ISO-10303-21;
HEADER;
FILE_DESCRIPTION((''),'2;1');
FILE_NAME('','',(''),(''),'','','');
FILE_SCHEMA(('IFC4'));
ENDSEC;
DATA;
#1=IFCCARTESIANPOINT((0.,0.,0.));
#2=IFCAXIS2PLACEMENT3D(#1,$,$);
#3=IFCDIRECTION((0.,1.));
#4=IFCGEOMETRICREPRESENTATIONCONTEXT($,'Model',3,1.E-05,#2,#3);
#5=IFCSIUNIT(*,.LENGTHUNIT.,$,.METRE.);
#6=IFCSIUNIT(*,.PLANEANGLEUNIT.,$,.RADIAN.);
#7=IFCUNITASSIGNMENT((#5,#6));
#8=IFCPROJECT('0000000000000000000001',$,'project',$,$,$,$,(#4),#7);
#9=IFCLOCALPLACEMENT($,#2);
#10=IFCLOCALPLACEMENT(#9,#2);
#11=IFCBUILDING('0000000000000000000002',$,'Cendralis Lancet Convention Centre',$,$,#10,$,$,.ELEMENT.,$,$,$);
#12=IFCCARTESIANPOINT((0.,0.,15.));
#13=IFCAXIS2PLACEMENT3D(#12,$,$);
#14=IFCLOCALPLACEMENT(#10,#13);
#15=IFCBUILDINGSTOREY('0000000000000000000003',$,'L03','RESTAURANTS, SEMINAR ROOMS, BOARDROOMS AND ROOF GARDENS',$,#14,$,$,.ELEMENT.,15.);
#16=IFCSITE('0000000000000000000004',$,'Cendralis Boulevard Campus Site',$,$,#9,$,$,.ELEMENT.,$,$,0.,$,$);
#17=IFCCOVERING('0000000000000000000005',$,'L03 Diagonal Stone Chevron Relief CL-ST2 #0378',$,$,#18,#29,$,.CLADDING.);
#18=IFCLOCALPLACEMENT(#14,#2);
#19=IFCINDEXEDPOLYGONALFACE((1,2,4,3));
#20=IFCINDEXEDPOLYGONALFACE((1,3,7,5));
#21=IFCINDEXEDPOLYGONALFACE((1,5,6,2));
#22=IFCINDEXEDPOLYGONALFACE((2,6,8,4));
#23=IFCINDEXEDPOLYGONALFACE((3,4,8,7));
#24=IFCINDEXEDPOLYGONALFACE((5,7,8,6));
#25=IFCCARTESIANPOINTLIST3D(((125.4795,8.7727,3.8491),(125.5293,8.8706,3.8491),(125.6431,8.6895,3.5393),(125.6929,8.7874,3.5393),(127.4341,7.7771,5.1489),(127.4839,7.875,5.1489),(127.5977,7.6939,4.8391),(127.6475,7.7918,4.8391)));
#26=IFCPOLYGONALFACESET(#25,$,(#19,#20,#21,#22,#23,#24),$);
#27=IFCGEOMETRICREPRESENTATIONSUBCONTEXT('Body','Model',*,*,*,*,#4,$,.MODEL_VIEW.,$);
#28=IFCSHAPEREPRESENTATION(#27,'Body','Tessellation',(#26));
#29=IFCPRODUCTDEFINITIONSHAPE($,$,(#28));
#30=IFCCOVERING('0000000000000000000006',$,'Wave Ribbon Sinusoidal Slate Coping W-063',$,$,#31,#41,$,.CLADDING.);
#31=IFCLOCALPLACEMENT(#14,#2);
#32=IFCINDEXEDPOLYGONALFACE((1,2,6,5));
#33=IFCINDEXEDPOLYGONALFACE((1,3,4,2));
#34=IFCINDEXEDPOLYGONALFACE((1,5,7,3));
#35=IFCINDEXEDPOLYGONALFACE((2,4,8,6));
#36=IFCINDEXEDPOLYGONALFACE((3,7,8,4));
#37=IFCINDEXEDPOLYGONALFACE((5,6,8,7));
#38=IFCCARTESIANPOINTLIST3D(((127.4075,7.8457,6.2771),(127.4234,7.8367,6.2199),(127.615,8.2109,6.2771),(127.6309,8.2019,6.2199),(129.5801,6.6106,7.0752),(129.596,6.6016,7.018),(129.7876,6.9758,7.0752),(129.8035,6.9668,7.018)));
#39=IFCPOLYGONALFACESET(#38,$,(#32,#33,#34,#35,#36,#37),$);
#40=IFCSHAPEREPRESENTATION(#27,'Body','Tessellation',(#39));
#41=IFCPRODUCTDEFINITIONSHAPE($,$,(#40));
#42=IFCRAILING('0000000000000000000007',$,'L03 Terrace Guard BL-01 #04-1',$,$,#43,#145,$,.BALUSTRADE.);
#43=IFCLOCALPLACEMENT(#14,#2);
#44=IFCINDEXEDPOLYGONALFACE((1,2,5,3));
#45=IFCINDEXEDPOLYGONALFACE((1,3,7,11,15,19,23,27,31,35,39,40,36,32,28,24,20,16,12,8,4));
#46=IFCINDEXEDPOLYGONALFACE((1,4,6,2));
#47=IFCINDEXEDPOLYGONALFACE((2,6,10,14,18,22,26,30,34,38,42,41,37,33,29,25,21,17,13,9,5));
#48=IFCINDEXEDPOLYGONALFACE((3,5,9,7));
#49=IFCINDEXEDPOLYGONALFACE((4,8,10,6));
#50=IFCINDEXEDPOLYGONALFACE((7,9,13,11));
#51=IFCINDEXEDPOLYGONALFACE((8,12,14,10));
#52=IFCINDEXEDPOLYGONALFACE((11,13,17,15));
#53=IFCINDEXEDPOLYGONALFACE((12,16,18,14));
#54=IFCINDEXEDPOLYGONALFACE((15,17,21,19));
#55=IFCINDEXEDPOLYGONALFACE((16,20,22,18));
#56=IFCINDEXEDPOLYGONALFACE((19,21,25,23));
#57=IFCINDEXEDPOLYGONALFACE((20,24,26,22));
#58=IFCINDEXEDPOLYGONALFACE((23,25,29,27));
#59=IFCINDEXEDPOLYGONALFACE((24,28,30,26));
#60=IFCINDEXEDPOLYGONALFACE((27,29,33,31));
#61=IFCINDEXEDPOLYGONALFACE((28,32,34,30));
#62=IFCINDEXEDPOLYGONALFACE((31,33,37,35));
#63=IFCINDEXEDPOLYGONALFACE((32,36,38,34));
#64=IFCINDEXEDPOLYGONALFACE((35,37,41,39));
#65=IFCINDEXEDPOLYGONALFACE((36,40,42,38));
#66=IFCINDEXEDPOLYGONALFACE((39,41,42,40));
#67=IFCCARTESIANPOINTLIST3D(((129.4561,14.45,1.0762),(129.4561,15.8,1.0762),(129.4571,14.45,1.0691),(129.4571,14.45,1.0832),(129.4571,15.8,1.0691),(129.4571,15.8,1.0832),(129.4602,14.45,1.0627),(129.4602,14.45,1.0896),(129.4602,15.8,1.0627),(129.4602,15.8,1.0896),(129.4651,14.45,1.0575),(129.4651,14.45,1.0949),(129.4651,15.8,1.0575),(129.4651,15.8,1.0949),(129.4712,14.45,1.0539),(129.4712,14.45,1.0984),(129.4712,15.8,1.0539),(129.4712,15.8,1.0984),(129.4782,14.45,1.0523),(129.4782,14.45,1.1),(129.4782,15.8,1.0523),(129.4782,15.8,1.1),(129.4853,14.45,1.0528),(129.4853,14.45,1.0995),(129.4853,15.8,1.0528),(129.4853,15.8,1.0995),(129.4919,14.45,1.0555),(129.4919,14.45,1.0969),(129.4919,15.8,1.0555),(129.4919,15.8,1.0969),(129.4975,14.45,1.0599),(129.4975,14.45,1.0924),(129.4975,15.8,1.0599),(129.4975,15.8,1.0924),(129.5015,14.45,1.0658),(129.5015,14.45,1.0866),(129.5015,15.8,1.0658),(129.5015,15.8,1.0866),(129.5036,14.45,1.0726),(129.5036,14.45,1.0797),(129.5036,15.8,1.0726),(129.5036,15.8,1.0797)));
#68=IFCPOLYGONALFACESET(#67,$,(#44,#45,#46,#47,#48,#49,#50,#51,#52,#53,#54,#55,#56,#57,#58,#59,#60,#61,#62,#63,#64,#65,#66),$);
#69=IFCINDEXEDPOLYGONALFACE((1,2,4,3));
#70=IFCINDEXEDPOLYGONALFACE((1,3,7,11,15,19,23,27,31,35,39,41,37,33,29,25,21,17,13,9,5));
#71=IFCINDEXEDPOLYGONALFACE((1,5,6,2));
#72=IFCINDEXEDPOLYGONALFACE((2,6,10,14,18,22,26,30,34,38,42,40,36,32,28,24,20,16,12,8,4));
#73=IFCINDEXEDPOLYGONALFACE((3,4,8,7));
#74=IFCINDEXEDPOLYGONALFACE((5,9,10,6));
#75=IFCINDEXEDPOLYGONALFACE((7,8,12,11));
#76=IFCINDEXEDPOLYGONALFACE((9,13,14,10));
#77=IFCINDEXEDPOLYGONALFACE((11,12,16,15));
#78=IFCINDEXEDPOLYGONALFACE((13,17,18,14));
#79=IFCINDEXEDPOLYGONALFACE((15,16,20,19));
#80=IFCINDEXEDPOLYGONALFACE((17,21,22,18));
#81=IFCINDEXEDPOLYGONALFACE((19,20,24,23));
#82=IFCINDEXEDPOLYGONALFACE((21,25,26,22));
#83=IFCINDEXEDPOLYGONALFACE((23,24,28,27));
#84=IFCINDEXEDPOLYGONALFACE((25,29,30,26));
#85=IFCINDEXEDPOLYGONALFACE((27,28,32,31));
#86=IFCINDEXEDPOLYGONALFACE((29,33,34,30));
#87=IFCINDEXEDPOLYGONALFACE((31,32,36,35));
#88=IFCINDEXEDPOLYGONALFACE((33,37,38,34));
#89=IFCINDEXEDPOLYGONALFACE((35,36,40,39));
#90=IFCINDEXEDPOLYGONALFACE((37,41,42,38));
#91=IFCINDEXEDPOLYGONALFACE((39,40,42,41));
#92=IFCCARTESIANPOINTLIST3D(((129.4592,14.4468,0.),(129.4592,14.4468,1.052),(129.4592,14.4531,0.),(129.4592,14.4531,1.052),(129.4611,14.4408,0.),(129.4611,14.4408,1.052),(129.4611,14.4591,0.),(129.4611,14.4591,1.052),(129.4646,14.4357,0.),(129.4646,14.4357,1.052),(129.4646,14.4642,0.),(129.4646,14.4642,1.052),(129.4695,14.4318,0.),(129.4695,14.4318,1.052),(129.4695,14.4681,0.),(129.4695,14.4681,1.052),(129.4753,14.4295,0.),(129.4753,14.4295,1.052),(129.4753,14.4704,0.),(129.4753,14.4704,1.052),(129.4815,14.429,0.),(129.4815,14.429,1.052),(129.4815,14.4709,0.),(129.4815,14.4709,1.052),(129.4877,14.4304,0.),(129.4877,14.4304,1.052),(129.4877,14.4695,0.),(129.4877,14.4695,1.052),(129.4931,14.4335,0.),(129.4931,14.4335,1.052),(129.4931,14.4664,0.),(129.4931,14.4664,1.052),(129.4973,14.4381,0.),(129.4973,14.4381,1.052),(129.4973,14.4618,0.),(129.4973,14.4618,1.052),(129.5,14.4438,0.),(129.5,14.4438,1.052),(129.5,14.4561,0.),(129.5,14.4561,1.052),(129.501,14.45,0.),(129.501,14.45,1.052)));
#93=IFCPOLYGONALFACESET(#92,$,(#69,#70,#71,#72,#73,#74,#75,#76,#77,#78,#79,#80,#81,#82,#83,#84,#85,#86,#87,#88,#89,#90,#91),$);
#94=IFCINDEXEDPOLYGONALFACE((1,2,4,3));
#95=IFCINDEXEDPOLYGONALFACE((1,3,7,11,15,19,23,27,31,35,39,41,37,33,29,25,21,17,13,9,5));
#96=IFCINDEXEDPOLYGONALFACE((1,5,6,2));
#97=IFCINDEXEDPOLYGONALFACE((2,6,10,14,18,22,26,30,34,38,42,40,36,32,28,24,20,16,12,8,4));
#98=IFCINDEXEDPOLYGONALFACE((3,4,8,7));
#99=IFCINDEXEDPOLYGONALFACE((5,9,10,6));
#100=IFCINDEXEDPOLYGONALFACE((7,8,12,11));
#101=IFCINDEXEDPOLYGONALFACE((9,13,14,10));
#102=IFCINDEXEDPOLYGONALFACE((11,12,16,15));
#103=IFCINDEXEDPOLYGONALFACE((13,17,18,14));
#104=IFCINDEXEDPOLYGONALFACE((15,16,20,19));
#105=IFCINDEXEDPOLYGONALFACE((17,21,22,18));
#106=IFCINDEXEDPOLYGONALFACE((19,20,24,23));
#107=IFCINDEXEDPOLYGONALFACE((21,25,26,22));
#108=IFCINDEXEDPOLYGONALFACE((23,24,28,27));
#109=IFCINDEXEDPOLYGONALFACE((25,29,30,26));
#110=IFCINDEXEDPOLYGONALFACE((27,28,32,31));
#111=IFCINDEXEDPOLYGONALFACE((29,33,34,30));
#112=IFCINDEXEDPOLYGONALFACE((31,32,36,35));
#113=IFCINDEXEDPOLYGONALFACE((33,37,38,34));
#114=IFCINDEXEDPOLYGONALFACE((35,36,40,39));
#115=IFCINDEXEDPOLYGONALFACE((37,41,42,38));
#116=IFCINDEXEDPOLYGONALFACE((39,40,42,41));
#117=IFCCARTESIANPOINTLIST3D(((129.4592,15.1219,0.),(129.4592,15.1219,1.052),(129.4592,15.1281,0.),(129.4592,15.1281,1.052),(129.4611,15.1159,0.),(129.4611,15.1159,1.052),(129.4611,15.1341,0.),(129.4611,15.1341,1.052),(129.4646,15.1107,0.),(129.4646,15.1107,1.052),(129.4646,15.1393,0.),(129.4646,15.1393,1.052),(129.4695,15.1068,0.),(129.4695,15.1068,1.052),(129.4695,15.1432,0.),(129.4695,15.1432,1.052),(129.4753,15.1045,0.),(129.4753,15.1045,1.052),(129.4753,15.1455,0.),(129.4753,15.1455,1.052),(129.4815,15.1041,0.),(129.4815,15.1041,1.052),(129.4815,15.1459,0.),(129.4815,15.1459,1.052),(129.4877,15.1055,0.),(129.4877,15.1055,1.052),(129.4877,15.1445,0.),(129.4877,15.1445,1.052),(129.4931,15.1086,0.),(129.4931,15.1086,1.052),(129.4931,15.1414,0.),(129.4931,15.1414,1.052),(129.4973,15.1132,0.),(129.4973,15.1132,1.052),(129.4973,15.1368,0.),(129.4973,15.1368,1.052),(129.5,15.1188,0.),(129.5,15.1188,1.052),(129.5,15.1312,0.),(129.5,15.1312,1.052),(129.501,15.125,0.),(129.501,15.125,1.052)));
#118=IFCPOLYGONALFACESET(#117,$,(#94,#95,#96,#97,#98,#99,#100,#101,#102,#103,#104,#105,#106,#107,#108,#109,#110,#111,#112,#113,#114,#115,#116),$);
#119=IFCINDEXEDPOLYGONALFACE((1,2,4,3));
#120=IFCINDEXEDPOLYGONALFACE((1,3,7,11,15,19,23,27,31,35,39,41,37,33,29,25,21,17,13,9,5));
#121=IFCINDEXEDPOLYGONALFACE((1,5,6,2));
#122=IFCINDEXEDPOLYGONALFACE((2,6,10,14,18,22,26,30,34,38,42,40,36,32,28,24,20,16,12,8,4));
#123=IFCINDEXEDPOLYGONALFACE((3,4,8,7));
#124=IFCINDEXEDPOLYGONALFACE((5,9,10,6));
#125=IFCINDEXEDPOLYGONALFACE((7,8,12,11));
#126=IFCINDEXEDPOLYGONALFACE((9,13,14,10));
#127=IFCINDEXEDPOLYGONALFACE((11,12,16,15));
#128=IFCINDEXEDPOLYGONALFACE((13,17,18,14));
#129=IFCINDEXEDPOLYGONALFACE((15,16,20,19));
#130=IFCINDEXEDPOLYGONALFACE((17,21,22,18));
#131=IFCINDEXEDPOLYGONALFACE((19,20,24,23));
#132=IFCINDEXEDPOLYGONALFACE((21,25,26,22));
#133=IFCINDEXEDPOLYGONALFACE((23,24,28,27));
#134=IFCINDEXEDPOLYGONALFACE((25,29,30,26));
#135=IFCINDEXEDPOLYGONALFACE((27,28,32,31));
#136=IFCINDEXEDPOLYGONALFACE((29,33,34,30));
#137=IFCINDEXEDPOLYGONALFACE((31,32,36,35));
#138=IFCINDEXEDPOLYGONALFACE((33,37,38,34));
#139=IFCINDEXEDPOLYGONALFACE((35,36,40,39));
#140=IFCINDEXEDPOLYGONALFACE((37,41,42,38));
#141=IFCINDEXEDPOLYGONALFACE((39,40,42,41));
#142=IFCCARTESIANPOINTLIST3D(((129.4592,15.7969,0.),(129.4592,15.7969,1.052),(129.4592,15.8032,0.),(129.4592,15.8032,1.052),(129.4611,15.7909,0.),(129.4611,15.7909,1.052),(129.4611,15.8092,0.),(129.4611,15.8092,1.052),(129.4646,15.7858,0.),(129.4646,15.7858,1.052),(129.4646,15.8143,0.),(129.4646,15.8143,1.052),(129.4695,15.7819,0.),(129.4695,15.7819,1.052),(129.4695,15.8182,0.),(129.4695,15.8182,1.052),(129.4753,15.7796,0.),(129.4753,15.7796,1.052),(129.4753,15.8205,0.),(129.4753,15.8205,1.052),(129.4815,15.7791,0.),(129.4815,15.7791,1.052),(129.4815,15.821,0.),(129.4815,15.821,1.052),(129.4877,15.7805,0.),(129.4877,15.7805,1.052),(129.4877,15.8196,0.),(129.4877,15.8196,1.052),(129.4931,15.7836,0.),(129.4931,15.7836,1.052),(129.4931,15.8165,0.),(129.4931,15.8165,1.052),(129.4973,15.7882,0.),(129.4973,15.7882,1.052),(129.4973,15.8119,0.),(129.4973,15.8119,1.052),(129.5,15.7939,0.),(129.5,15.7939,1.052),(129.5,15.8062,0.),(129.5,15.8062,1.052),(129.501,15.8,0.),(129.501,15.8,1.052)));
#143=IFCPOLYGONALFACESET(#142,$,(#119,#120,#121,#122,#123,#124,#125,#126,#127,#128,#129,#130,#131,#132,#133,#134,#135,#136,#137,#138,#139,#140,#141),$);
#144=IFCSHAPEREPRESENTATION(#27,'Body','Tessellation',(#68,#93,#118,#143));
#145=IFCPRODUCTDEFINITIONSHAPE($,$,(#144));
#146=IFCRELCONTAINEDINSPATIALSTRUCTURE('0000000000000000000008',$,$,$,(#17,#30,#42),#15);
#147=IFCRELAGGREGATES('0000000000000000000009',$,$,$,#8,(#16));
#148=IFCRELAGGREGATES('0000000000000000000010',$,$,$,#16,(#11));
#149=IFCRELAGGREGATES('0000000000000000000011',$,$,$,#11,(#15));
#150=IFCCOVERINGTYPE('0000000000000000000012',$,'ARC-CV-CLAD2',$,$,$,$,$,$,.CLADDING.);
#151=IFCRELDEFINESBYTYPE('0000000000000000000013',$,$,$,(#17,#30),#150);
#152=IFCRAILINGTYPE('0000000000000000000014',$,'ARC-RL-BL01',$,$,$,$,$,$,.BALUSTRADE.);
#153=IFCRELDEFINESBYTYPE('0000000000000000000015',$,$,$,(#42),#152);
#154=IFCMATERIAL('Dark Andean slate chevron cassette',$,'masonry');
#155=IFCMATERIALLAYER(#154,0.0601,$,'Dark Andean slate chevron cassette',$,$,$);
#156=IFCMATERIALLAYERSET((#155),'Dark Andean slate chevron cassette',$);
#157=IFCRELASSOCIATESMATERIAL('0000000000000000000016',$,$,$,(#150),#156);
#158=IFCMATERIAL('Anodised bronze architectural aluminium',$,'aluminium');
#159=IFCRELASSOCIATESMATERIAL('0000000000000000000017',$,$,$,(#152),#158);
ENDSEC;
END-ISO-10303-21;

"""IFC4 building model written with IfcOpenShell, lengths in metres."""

from ifc_helpers import new_model, si_unit, direction, frame, origin, origin_2d, place, context, subcontext, project, spatial, polyline, circle, outline, extrude, material, layer, layer_set, type_object, element, save


model = new_model("IFC4")

# Units and contexts
model_context = context("Model", 3, precision=1e-05, world=origin(), true_north=direction((0.0, 1.0)))
body_context = subcontext(model_context, "Body", "Model", "MODEL_VIEW")
ifc_project = project(units=[si_unit("LENGTHUNIT", "METRE"), si_unit("PLANEANGLEUNIT", "RADIAN")], contexts=[model_context])

# Site, building, storey
site_placement = place(None, origin())
site = spatial("IfcSite", under=ifc_project, at=site_placement, Name="Cendralis Boulevard Campus Site", CompositionType="ELEMENT", RefElevation=0.0)
building_placement = place(site_placement, origin())
building = spatial("IfcBuilding", under=site, at=building_placement, Name="Cendralis Lancet Convention Centre", CompositionType="ELEMENT")
storey_placement = place(building_placement, frame((0.0, 0.0, 15.0)))
storey = spatial("IfcBuildingStorey", under=building, at=storey_placement, Name="L03", Description="RESTAURANTS, SEMINAR ROOMS, BOARDROOMS AND ROOF GARDENS", CompositionType="ELEMENT", Elevation=15.0)

# Shared definitions
ifc_material_1 = material(Name="Dark Andean slate chevron cassette", Category="masonry")

# Coverings
ifc_layer_1 = layer(ifc_material_1, 0.0601, Name="Dark Andean slate chevron cassette")
ifc_layer_set_1 = layer_set([ifc_layer_1], Name="Dark Andean slate chevron cassette")
covering_type_1 = type_object("IfcCoveringType", Name="ARC-CV-CLAD2", PredefinedType="CLADDING", material=ifc_layer_set_1)
covering_1_placement = place(storey_placement, frame((125.4795, 8.7727, 3.8491), z_axis=(-0.454364, 0.231148, 0.860304), x_axis=(0.766586, -0.390474, 0.50978)))
element("IfcCovering", 1, at=covering_1_placement, inside=storey, type_object=covering_type_1, Name="L03 Diagonal Stone Chevron Relief CL-ST2 #0378", PredefinedType="CLADDING", context=body_context, shape_type="SweptSolid", body=[
    extrude(outline(polyline([(0.0, 0.0), (2.5497, 0.0), (2.5497, 0.1098), (0.0, 0.1098), (0.0, 0.0)])), origin(), (0.0, 0.0, -1.0), 0.3601),
])
covering_2_placement = place(storey_placement, frame((127.4075, 7.8457, 6.2771), z_axis=(-0.264499, 0.150284, 0.952604), x_axis=(0.828138, -0.470789, 0.304212)))
element("IfcCovering", 2, at=covering_2_placement, inside=storey, type_object=covering_type_1, Name="Wave Ribbon Sinusoidal Slate Coping W-063", PredefinedType="CLADDING", context=body_context, shape_type="SweptSolid", body=[
    extrude(outline(polyline([(0.0, 0.0), (2.6235, 0.0), (2.6234, 0.4201), (-0.0001, 0.4201), (0.0, 0.0)])), origin(), (0.0, 0.0, -1.0), 0.0601),
])

# Railing
ifc_material_2 = material(Name="Anodised bronze architectural aluminium", Category="aluminium")
railing_type = type_object("IfcRailingType", Name="ARC-RL-BL01", PredefinedType="BALUSTRADE", material=ifc_material_2)
railing_placement = place(storey_placement, frame((129.48, 14.45, 0.0)))
element("IfcRailing", 3, at=railing_placement, inside=storey, type_object=railing_type, Name="L03 Terrace Guard BL-01 #04-1", PredefinedType="BALUSTRADE", context=body_context, shape_type="SweptSolid", body=[
    extrude(circle(Radius=0.0239, at=origin_2d()), frame((0.0, 0.0, 1.0762), z_axis=(0.0, 1.0, 0.0), x_axis=(-1.0, 0.0, 0.0)), (0.0, 0.0, 1.0), 1.3501),
    extrude(circle(Radius=0.021, at=origin_2d()), origin(), (0.0, 0.0, 1.0), 1.052),
    extrude(circle(Radius=0.021, at=origin_2d()), frame((0.0, 0.675, 0.0)), (0.0, 0.0, 1.0), 1.052),
    extrude(circle(Radius=0.021, at=origin_2d()), frame((0.0, 1.3501, 0.0)), (0.0, 0.0, 1.0), 1.052),
])

save(model, "model.ifc")
